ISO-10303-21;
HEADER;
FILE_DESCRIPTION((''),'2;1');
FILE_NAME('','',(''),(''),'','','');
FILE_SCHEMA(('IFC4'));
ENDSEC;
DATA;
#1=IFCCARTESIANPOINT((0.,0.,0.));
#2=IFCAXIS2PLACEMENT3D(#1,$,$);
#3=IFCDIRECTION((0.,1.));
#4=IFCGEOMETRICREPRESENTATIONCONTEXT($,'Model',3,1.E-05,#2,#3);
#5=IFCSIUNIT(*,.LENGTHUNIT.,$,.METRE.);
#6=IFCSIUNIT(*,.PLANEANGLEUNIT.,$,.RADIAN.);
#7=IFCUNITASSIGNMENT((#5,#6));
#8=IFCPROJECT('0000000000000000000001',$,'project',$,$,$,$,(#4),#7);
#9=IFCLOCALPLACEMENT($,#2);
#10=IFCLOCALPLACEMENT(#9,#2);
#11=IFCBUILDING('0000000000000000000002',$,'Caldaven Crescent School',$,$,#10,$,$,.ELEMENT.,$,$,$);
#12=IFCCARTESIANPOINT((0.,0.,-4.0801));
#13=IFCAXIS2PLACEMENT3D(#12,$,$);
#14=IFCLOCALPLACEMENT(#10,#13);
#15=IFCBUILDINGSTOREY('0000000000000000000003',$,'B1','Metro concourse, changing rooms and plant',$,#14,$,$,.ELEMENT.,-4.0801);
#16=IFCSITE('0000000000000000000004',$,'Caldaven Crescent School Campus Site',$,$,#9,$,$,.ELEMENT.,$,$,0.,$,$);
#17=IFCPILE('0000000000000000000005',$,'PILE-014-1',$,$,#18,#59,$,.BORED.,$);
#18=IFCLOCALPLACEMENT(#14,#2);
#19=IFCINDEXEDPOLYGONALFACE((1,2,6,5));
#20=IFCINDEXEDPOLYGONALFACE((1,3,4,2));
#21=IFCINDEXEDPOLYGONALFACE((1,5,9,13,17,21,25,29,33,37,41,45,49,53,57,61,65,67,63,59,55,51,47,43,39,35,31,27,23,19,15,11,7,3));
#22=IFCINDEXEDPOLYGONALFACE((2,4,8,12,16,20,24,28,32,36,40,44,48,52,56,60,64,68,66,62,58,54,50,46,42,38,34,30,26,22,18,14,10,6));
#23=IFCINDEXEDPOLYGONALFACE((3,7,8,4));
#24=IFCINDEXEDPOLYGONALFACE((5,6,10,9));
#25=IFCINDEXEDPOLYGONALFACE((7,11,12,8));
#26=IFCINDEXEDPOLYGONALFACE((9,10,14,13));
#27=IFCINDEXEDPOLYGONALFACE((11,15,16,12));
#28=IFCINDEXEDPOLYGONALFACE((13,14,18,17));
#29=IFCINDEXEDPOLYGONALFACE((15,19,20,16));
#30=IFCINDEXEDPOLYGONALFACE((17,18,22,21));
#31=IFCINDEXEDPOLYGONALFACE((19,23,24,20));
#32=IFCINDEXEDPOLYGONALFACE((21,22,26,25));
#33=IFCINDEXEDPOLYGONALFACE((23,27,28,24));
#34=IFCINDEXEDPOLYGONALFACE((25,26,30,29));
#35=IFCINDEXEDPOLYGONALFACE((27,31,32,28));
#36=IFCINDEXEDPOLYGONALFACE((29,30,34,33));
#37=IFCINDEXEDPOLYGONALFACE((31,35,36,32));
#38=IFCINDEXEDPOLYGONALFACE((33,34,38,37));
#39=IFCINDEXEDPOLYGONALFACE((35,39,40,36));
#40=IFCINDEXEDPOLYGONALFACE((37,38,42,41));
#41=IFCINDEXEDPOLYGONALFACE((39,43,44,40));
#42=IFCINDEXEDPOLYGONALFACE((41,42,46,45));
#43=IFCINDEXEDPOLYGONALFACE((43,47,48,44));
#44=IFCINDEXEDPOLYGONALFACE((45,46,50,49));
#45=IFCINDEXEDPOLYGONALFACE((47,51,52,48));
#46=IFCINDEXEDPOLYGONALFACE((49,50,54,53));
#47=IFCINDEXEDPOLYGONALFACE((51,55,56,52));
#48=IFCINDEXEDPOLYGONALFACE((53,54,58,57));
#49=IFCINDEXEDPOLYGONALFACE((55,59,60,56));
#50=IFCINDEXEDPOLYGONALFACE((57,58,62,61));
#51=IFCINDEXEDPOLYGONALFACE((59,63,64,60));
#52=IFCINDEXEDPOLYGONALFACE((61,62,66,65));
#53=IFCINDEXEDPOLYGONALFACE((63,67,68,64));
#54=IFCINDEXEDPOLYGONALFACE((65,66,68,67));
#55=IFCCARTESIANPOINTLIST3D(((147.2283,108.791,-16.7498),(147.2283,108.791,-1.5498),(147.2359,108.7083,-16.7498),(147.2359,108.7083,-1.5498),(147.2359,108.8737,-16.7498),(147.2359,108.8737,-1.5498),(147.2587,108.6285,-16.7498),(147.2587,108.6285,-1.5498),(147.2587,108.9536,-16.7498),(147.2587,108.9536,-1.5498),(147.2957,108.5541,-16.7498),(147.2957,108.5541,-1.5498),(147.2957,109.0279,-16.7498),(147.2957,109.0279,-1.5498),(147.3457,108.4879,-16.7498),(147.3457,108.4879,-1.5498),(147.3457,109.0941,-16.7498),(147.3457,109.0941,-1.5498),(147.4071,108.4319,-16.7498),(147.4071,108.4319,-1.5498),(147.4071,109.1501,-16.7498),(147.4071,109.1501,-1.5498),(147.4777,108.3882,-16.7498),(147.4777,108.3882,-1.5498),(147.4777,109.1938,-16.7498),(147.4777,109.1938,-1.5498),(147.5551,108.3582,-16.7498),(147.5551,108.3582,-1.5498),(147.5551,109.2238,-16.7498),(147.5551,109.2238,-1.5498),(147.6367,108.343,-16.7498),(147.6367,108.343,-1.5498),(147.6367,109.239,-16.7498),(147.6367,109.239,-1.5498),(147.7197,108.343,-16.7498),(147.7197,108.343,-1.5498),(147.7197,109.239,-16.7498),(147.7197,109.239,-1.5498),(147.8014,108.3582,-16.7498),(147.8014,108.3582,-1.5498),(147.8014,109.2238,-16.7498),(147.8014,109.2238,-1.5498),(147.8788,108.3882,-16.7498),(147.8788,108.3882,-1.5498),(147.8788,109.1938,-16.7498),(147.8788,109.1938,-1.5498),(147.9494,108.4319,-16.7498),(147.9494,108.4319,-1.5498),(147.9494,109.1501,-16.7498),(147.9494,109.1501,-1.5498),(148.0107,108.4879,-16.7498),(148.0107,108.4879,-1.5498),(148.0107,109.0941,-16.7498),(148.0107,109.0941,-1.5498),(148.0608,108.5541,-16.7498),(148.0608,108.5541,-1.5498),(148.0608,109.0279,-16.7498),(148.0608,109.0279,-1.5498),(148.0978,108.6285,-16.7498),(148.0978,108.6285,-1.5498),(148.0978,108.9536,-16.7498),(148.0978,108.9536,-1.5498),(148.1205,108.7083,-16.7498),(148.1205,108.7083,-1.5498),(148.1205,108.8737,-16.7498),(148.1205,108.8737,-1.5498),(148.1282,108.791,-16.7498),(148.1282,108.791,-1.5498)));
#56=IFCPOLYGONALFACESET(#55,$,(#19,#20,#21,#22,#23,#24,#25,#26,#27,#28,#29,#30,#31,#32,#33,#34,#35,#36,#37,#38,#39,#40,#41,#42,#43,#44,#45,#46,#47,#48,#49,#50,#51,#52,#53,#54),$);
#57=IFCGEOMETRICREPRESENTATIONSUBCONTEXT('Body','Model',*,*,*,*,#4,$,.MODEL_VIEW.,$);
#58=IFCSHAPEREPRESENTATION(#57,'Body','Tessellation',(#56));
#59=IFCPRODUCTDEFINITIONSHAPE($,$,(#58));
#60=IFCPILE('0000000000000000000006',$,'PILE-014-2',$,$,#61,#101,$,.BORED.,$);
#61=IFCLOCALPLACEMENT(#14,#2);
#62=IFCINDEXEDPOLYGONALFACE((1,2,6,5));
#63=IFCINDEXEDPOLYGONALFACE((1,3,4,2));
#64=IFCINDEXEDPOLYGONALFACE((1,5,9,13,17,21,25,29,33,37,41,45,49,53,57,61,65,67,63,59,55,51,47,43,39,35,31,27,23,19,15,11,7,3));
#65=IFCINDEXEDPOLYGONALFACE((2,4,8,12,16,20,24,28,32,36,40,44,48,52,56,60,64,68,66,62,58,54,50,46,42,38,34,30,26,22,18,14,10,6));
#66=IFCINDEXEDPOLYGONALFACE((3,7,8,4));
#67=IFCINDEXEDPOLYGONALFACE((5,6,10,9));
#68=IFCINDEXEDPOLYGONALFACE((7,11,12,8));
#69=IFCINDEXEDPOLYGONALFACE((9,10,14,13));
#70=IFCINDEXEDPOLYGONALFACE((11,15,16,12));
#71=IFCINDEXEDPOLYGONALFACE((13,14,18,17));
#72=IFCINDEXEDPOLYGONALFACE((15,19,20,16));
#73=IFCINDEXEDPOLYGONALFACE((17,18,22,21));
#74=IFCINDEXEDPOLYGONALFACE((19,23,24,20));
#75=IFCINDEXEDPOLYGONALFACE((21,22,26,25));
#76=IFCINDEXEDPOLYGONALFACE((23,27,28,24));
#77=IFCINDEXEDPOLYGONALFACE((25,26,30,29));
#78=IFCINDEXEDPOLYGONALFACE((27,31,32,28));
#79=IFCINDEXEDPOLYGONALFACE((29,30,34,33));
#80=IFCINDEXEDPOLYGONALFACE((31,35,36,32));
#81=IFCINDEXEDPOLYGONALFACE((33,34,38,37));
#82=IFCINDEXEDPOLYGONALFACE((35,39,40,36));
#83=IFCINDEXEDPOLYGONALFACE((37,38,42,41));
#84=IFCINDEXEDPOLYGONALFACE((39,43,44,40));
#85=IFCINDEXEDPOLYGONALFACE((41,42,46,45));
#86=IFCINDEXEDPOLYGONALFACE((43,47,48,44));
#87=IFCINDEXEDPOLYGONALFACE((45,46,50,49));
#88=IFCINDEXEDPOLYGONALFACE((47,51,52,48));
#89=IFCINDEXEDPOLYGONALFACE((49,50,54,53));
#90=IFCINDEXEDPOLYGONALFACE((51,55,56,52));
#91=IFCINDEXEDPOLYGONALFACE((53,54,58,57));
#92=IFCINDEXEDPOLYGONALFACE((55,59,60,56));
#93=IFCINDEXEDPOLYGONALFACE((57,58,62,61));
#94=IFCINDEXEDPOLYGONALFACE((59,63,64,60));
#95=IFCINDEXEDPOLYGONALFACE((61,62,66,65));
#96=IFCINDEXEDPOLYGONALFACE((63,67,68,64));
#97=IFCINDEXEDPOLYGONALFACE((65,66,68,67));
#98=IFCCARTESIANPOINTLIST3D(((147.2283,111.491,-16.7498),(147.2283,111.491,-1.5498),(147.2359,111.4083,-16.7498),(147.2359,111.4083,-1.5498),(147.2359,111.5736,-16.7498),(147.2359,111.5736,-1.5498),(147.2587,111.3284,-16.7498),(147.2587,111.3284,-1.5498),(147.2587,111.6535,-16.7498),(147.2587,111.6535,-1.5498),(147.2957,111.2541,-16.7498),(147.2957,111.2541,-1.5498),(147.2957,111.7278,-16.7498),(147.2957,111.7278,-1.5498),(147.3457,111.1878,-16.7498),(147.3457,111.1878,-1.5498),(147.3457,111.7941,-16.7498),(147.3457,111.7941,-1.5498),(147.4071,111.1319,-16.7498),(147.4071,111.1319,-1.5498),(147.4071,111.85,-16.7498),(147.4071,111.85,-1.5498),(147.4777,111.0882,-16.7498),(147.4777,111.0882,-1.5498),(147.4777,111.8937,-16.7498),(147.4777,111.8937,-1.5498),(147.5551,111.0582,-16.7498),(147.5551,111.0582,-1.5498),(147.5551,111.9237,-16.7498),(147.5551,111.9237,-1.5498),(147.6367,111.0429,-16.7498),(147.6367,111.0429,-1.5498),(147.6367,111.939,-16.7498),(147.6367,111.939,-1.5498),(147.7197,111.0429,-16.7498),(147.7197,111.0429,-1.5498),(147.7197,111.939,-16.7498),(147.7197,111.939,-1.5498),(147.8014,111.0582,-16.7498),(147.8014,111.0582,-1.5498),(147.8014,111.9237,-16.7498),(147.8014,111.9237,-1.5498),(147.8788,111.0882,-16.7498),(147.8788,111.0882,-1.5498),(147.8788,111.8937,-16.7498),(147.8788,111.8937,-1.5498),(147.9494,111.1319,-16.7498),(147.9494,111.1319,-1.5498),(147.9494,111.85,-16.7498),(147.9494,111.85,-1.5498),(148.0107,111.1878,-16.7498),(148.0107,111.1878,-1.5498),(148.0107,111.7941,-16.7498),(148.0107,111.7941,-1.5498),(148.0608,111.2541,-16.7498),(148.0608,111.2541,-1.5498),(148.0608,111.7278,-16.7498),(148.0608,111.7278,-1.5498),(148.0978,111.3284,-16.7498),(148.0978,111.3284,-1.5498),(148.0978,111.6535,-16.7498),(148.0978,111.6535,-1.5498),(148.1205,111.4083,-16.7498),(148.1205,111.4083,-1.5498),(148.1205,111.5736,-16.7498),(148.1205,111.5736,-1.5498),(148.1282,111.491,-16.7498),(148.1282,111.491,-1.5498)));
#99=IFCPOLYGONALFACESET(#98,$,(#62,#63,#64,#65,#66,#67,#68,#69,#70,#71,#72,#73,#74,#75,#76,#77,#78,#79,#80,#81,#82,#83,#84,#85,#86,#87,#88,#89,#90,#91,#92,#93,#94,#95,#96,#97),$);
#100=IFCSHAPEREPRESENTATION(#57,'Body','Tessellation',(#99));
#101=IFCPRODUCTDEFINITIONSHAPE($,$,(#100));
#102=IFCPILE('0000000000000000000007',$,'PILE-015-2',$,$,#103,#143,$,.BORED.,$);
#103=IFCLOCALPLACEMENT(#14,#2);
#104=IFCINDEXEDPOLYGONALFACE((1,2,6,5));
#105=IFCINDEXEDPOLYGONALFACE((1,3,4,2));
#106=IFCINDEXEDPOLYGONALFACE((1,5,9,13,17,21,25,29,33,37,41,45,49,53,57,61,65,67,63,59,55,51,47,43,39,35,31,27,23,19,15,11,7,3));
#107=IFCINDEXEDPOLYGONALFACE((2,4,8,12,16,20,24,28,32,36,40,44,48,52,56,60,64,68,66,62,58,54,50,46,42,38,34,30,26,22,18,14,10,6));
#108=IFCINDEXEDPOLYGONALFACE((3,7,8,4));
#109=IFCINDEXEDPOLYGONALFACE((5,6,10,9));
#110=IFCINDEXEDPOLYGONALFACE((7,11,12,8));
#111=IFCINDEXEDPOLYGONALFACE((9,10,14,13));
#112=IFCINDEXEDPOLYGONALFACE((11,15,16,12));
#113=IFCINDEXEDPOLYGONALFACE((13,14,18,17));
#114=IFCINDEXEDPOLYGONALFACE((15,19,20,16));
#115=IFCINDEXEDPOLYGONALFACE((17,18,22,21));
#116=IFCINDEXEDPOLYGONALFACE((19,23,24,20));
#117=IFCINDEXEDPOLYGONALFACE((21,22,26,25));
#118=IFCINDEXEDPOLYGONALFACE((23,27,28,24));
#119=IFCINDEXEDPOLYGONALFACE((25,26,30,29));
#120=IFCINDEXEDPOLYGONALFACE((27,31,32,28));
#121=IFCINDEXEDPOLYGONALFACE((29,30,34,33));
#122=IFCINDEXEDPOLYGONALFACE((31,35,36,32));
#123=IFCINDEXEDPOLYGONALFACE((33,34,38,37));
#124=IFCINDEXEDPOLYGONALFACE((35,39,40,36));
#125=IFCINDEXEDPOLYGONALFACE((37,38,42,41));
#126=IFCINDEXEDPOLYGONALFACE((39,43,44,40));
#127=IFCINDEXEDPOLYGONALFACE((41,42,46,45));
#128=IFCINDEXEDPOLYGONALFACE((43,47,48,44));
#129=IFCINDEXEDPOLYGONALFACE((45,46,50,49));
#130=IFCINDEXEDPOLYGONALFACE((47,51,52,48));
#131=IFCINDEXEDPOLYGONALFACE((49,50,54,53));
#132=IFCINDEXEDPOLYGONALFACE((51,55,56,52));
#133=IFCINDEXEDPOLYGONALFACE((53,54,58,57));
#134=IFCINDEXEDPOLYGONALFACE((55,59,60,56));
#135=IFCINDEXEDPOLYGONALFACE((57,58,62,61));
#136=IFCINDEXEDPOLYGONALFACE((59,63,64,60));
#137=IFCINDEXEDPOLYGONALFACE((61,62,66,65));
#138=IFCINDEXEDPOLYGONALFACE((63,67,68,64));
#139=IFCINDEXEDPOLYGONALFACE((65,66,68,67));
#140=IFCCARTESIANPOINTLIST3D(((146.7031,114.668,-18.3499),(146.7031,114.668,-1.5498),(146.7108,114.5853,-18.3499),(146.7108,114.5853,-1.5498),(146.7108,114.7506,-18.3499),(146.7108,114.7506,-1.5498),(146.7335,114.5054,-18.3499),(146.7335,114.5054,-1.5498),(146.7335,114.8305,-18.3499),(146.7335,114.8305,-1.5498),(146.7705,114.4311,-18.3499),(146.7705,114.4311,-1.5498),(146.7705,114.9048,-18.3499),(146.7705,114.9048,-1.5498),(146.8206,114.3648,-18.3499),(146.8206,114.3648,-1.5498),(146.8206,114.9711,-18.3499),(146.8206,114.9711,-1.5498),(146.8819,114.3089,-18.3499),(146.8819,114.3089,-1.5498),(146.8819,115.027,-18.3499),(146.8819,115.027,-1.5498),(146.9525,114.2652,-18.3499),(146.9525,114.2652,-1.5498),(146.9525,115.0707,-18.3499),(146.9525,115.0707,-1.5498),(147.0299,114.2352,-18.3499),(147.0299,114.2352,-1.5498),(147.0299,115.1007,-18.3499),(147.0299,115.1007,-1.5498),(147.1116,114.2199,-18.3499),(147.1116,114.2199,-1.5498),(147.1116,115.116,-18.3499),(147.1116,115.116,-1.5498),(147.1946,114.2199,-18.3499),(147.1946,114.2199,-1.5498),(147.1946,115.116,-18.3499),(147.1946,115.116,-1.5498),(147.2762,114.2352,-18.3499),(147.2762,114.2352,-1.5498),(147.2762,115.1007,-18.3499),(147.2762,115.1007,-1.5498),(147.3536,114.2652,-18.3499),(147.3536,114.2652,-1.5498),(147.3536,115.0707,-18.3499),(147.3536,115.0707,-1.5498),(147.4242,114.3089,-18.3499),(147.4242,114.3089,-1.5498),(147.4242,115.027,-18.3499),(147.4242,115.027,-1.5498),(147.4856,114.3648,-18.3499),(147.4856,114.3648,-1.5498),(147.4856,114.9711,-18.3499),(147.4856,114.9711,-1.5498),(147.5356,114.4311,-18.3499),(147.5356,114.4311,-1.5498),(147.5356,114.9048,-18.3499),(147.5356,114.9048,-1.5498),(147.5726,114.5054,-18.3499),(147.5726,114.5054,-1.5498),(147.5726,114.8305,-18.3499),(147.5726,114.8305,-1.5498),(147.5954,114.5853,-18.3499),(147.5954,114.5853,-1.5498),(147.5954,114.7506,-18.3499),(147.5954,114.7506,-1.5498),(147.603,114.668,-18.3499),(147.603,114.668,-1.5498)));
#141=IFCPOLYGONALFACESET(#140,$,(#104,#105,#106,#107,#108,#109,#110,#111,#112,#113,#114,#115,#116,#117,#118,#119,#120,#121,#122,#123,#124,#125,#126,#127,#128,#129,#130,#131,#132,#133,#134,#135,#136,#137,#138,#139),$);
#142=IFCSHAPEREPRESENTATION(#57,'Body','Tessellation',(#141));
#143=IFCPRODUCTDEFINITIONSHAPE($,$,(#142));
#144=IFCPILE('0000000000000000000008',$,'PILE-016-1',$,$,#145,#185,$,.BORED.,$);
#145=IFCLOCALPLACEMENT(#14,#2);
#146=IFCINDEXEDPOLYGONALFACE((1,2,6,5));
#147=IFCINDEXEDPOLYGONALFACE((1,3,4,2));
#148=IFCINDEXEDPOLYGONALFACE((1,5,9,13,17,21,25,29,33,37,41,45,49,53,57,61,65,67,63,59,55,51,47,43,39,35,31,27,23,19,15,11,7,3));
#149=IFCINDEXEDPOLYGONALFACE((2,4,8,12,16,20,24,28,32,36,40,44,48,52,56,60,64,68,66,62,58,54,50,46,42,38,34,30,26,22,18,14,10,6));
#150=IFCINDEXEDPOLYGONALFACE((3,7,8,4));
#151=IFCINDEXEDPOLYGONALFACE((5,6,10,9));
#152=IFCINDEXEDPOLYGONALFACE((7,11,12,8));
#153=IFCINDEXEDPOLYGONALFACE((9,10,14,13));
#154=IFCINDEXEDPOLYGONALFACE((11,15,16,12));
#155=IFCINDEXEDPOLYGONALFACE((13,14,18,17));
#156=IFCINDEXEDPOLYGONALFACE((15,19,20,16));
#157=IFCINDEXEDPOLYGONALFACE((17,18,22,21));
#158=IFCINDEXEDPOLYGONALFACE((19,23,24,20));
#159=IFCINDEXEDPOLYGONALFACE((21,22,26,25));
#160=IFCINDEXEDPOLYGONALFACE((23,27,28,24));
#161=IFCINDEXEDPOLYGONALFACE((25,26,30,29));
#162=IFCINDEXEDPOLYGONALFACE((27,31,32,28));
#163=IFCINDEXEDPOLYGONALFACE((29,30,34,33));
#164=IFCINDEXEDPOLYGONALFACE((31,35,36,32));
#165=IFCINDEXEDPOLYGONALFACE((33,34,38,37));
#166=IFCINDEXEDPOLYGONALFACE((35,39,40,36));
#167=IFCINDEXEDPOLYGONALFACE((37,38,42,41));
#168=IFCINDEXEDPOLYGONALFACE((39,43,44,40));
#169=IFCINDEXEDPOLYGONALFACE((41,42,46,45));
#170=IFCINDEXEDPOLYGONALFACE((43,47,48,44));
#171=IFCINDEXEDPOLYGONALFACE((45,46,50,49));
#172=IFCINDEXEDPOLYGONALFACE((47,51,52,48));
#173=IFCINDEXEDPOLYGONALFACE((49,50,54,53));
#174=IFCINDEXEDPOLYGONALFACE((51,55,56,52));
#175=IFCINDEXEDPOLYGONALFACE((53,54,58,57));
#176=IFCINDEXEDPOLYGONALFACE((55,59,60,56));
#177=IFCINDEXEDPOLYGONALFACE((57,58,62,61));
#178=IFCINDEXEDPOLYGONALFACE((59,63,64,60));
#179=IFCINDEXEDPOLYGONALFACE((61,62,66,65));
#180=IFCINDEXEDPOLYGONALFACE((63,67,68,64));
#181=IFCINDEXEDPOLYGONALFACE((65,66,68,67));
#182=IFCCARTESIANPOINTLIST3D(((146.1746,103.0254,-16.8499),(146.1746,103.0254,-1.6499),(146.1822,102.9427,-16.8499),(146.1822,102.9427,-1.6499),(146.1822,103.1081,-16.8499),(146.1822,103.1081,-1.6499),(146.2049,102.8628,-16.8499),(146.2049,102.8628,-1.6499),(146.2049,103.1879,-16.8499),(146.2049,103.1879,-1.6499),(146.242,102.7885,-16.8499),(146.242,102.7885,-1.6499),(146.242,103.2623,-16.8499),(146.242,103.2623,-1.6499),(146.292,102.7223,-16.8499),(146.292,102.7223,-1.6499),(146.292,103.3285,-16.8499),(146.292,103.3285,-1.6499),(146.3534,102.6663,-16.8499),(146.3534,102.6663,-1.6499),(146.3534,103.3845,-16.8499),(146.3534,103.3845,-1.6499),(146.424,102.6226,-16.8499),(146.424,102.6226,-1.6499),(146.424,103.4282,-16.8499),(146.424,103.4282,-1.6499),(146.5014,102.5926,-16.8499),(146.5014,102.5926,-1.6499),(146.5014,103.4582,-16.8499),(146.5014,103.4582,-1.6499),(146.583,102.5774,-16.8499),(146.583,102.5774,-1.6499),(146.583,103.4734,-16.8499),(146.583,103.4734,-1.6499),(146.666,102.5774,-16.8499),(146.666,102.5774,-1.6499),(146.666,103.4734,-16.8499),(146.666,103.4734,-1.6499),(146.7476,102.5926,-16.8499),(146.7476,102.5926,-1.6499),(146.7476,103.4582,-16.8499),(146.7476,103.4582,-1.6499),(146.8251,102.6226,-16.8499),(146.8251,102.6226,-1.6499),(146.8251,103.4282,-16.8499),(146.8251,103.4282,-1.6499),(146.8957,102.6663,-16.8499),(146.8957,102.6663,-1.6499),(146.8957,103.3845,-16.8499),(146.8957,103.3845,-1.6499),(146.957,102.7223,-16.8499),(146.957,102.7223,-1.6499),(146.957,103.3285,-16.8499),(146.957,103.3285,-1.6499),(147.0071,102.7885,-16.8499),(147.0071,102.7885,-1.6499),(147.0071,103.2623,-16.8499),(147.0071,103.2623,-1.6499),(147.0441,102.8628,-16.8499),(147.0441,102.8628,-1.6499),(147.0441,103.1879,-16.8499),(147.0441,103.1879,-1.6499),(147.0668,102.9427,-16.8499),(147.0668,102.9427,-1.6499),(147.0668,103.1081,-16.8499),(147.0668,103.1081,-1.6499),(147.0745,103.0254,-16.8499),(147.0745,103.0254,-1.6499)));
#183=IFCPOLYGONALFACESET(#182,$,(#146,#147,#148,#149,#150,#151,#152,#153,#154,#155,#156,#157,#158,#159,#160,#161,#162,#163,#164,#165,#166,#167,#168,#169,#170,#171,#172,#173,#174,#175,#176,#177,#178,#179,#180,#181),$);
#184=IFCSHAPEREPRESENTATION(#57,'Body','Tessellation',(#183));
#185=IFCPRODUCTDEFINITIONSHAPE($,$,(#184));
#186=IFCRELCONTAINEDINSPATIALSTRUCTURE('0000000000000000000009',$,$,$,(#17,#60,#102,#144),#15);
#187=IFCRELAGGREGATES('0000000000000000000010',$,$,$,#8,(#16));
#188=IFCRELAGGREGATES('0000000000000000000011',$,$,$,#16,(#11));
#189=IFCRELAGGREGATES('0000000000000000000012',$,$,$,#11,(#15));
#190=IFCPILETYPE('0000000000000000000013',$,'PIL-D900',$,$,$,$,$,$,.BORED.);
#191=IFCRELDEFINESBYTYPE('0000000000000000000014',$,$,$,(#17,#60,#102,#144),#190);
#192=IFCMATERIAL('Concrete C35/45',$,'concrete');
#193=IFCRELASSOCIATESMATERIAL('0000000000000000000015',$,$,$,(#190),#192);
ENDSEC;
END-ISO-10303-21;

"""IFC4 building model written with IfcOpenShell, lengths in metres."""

from ifc_helpers import new_model, si_unit, direction, frame, origin, origin_2d, place, context, subcontext, project, spatial, circle, extrude, material, material_profile, profile_set, type_object, element, save


model = new_model("IFC4")

# Units and contexts
model_context = context("Model", 3, precision=1e-05, world=origin(), true_north=direction((0.0, 1.0)))
body_context = subcontext(model_context, "Body", "Model", "MODEL_VIEW")
ifc_project = project(units=[si_unit("LENGTHUNIT", "METRE"), si_unit("PLANEANGLEUNIT", "RADIAN")], contexts=[model_context])

# Site, building, storey
site_placement = place(None, origin())
site = spatial("IfcSite", under=ifc_project, at=site_placement, Name="Caldaven Crescent School Campus Site", CompositionType="ELEMENT", RefElevation=0.0)
building_placement = place(site_placement, origin())
building = spatial("IfcBuilding", under=site, at=building_placement, Name="Caldaven Crescent School", CompositionType="ELEMENT")
storey_placement = place(building_placement, frame((0.0, 0.0, -4.0801)))
storey = spatial("IfcBuildingStorey", under=building, at=storey_placement, Name="B1", Description="Metro concourse, changing rooms and plant", CompositionType="ELEMENT", Elevation=-4.0801)

# Shared definitions
ifc_material_1 = material(Name="Concrete C35/45", Category="concrete")

# Piles
ifc_material_profile_1 = material_profile(ifc_material_1, circle(Radius=0.45, at=origin_2d()), Name="PILE D900")
ifc_profile_set_1 = profile_set([ifc_material_profile_1], Name="Concrete C35/45")
pile_type_1 = type_object("IfcPileType", Name="PIL-D900", PredefinedType="BORED", material=ifc_profile_set_1)
for number, where, z_axis, x_axis, name in (
    (1, (147.6782, 108.791, -1.5498), (0.0, 0.0, -1.0), (1.0, 0.0, 0.0), "PILE-014-1"),
    (2, (147.6782, 111.491, -1.5498), (0.0, 0.0, -1.0), (1.0, 0.0, 0.0), "PILE-014-2"),
):
    element("IfcPile", number, at=place(storey_placement, frame(where, z_axis=z_axis, x_axis=x_axis)), inside=storey, type_object=pile_type_1, Name=name, PredefinedType="BORED", context=body_context, shape_type="SweptSolid", body=[
        extrude(circle(Radius=0.45, at=origin_2d()), origin(), (0.0, 0.0, 1.0), 15.2),
    ])
pile_placement = place(storey_placement, frame((147.1531, 114.668, -1.5498), z_axis=(0.0, 0.0, -1.0), x_axis=(1.0, 0.0, 0.0)))
element("IfcPile", 3, at=pile_placement, inside=storey, type_object=pile_type_1, Name="PILE-015-2", PredefinedType="BORED", context=body_context, shape_type="SweptSolid", body=[
    extrude(circle(Radius=0.45, at=origin_2d()), origin(), (0.0, 0.0, 1.0), 16.8),
])
for number, where, z_axis, x_axis, name in (
    (4, (146.6245, 103.0254, -1.6499), (0.0, 0.0, -1.0), (1.0, 0.0, 0.0), "PILE-016-1"),
):
    element("IfcPile", number, at=place(storey_placement, frame(where, z_axis=z_axis, x_axis=x_axis)), inside=storey, type_object=pile_type_1, Name=name, PredefinedType="BORED", context=body_context, shape_type="SweptSolid", body=[
        extrude(circle(Radius=0.45, at=origin_2d()), origin(), (0.0, 0.0, 1.0), 15.2),
    ])

save(model, "model.ifc")
